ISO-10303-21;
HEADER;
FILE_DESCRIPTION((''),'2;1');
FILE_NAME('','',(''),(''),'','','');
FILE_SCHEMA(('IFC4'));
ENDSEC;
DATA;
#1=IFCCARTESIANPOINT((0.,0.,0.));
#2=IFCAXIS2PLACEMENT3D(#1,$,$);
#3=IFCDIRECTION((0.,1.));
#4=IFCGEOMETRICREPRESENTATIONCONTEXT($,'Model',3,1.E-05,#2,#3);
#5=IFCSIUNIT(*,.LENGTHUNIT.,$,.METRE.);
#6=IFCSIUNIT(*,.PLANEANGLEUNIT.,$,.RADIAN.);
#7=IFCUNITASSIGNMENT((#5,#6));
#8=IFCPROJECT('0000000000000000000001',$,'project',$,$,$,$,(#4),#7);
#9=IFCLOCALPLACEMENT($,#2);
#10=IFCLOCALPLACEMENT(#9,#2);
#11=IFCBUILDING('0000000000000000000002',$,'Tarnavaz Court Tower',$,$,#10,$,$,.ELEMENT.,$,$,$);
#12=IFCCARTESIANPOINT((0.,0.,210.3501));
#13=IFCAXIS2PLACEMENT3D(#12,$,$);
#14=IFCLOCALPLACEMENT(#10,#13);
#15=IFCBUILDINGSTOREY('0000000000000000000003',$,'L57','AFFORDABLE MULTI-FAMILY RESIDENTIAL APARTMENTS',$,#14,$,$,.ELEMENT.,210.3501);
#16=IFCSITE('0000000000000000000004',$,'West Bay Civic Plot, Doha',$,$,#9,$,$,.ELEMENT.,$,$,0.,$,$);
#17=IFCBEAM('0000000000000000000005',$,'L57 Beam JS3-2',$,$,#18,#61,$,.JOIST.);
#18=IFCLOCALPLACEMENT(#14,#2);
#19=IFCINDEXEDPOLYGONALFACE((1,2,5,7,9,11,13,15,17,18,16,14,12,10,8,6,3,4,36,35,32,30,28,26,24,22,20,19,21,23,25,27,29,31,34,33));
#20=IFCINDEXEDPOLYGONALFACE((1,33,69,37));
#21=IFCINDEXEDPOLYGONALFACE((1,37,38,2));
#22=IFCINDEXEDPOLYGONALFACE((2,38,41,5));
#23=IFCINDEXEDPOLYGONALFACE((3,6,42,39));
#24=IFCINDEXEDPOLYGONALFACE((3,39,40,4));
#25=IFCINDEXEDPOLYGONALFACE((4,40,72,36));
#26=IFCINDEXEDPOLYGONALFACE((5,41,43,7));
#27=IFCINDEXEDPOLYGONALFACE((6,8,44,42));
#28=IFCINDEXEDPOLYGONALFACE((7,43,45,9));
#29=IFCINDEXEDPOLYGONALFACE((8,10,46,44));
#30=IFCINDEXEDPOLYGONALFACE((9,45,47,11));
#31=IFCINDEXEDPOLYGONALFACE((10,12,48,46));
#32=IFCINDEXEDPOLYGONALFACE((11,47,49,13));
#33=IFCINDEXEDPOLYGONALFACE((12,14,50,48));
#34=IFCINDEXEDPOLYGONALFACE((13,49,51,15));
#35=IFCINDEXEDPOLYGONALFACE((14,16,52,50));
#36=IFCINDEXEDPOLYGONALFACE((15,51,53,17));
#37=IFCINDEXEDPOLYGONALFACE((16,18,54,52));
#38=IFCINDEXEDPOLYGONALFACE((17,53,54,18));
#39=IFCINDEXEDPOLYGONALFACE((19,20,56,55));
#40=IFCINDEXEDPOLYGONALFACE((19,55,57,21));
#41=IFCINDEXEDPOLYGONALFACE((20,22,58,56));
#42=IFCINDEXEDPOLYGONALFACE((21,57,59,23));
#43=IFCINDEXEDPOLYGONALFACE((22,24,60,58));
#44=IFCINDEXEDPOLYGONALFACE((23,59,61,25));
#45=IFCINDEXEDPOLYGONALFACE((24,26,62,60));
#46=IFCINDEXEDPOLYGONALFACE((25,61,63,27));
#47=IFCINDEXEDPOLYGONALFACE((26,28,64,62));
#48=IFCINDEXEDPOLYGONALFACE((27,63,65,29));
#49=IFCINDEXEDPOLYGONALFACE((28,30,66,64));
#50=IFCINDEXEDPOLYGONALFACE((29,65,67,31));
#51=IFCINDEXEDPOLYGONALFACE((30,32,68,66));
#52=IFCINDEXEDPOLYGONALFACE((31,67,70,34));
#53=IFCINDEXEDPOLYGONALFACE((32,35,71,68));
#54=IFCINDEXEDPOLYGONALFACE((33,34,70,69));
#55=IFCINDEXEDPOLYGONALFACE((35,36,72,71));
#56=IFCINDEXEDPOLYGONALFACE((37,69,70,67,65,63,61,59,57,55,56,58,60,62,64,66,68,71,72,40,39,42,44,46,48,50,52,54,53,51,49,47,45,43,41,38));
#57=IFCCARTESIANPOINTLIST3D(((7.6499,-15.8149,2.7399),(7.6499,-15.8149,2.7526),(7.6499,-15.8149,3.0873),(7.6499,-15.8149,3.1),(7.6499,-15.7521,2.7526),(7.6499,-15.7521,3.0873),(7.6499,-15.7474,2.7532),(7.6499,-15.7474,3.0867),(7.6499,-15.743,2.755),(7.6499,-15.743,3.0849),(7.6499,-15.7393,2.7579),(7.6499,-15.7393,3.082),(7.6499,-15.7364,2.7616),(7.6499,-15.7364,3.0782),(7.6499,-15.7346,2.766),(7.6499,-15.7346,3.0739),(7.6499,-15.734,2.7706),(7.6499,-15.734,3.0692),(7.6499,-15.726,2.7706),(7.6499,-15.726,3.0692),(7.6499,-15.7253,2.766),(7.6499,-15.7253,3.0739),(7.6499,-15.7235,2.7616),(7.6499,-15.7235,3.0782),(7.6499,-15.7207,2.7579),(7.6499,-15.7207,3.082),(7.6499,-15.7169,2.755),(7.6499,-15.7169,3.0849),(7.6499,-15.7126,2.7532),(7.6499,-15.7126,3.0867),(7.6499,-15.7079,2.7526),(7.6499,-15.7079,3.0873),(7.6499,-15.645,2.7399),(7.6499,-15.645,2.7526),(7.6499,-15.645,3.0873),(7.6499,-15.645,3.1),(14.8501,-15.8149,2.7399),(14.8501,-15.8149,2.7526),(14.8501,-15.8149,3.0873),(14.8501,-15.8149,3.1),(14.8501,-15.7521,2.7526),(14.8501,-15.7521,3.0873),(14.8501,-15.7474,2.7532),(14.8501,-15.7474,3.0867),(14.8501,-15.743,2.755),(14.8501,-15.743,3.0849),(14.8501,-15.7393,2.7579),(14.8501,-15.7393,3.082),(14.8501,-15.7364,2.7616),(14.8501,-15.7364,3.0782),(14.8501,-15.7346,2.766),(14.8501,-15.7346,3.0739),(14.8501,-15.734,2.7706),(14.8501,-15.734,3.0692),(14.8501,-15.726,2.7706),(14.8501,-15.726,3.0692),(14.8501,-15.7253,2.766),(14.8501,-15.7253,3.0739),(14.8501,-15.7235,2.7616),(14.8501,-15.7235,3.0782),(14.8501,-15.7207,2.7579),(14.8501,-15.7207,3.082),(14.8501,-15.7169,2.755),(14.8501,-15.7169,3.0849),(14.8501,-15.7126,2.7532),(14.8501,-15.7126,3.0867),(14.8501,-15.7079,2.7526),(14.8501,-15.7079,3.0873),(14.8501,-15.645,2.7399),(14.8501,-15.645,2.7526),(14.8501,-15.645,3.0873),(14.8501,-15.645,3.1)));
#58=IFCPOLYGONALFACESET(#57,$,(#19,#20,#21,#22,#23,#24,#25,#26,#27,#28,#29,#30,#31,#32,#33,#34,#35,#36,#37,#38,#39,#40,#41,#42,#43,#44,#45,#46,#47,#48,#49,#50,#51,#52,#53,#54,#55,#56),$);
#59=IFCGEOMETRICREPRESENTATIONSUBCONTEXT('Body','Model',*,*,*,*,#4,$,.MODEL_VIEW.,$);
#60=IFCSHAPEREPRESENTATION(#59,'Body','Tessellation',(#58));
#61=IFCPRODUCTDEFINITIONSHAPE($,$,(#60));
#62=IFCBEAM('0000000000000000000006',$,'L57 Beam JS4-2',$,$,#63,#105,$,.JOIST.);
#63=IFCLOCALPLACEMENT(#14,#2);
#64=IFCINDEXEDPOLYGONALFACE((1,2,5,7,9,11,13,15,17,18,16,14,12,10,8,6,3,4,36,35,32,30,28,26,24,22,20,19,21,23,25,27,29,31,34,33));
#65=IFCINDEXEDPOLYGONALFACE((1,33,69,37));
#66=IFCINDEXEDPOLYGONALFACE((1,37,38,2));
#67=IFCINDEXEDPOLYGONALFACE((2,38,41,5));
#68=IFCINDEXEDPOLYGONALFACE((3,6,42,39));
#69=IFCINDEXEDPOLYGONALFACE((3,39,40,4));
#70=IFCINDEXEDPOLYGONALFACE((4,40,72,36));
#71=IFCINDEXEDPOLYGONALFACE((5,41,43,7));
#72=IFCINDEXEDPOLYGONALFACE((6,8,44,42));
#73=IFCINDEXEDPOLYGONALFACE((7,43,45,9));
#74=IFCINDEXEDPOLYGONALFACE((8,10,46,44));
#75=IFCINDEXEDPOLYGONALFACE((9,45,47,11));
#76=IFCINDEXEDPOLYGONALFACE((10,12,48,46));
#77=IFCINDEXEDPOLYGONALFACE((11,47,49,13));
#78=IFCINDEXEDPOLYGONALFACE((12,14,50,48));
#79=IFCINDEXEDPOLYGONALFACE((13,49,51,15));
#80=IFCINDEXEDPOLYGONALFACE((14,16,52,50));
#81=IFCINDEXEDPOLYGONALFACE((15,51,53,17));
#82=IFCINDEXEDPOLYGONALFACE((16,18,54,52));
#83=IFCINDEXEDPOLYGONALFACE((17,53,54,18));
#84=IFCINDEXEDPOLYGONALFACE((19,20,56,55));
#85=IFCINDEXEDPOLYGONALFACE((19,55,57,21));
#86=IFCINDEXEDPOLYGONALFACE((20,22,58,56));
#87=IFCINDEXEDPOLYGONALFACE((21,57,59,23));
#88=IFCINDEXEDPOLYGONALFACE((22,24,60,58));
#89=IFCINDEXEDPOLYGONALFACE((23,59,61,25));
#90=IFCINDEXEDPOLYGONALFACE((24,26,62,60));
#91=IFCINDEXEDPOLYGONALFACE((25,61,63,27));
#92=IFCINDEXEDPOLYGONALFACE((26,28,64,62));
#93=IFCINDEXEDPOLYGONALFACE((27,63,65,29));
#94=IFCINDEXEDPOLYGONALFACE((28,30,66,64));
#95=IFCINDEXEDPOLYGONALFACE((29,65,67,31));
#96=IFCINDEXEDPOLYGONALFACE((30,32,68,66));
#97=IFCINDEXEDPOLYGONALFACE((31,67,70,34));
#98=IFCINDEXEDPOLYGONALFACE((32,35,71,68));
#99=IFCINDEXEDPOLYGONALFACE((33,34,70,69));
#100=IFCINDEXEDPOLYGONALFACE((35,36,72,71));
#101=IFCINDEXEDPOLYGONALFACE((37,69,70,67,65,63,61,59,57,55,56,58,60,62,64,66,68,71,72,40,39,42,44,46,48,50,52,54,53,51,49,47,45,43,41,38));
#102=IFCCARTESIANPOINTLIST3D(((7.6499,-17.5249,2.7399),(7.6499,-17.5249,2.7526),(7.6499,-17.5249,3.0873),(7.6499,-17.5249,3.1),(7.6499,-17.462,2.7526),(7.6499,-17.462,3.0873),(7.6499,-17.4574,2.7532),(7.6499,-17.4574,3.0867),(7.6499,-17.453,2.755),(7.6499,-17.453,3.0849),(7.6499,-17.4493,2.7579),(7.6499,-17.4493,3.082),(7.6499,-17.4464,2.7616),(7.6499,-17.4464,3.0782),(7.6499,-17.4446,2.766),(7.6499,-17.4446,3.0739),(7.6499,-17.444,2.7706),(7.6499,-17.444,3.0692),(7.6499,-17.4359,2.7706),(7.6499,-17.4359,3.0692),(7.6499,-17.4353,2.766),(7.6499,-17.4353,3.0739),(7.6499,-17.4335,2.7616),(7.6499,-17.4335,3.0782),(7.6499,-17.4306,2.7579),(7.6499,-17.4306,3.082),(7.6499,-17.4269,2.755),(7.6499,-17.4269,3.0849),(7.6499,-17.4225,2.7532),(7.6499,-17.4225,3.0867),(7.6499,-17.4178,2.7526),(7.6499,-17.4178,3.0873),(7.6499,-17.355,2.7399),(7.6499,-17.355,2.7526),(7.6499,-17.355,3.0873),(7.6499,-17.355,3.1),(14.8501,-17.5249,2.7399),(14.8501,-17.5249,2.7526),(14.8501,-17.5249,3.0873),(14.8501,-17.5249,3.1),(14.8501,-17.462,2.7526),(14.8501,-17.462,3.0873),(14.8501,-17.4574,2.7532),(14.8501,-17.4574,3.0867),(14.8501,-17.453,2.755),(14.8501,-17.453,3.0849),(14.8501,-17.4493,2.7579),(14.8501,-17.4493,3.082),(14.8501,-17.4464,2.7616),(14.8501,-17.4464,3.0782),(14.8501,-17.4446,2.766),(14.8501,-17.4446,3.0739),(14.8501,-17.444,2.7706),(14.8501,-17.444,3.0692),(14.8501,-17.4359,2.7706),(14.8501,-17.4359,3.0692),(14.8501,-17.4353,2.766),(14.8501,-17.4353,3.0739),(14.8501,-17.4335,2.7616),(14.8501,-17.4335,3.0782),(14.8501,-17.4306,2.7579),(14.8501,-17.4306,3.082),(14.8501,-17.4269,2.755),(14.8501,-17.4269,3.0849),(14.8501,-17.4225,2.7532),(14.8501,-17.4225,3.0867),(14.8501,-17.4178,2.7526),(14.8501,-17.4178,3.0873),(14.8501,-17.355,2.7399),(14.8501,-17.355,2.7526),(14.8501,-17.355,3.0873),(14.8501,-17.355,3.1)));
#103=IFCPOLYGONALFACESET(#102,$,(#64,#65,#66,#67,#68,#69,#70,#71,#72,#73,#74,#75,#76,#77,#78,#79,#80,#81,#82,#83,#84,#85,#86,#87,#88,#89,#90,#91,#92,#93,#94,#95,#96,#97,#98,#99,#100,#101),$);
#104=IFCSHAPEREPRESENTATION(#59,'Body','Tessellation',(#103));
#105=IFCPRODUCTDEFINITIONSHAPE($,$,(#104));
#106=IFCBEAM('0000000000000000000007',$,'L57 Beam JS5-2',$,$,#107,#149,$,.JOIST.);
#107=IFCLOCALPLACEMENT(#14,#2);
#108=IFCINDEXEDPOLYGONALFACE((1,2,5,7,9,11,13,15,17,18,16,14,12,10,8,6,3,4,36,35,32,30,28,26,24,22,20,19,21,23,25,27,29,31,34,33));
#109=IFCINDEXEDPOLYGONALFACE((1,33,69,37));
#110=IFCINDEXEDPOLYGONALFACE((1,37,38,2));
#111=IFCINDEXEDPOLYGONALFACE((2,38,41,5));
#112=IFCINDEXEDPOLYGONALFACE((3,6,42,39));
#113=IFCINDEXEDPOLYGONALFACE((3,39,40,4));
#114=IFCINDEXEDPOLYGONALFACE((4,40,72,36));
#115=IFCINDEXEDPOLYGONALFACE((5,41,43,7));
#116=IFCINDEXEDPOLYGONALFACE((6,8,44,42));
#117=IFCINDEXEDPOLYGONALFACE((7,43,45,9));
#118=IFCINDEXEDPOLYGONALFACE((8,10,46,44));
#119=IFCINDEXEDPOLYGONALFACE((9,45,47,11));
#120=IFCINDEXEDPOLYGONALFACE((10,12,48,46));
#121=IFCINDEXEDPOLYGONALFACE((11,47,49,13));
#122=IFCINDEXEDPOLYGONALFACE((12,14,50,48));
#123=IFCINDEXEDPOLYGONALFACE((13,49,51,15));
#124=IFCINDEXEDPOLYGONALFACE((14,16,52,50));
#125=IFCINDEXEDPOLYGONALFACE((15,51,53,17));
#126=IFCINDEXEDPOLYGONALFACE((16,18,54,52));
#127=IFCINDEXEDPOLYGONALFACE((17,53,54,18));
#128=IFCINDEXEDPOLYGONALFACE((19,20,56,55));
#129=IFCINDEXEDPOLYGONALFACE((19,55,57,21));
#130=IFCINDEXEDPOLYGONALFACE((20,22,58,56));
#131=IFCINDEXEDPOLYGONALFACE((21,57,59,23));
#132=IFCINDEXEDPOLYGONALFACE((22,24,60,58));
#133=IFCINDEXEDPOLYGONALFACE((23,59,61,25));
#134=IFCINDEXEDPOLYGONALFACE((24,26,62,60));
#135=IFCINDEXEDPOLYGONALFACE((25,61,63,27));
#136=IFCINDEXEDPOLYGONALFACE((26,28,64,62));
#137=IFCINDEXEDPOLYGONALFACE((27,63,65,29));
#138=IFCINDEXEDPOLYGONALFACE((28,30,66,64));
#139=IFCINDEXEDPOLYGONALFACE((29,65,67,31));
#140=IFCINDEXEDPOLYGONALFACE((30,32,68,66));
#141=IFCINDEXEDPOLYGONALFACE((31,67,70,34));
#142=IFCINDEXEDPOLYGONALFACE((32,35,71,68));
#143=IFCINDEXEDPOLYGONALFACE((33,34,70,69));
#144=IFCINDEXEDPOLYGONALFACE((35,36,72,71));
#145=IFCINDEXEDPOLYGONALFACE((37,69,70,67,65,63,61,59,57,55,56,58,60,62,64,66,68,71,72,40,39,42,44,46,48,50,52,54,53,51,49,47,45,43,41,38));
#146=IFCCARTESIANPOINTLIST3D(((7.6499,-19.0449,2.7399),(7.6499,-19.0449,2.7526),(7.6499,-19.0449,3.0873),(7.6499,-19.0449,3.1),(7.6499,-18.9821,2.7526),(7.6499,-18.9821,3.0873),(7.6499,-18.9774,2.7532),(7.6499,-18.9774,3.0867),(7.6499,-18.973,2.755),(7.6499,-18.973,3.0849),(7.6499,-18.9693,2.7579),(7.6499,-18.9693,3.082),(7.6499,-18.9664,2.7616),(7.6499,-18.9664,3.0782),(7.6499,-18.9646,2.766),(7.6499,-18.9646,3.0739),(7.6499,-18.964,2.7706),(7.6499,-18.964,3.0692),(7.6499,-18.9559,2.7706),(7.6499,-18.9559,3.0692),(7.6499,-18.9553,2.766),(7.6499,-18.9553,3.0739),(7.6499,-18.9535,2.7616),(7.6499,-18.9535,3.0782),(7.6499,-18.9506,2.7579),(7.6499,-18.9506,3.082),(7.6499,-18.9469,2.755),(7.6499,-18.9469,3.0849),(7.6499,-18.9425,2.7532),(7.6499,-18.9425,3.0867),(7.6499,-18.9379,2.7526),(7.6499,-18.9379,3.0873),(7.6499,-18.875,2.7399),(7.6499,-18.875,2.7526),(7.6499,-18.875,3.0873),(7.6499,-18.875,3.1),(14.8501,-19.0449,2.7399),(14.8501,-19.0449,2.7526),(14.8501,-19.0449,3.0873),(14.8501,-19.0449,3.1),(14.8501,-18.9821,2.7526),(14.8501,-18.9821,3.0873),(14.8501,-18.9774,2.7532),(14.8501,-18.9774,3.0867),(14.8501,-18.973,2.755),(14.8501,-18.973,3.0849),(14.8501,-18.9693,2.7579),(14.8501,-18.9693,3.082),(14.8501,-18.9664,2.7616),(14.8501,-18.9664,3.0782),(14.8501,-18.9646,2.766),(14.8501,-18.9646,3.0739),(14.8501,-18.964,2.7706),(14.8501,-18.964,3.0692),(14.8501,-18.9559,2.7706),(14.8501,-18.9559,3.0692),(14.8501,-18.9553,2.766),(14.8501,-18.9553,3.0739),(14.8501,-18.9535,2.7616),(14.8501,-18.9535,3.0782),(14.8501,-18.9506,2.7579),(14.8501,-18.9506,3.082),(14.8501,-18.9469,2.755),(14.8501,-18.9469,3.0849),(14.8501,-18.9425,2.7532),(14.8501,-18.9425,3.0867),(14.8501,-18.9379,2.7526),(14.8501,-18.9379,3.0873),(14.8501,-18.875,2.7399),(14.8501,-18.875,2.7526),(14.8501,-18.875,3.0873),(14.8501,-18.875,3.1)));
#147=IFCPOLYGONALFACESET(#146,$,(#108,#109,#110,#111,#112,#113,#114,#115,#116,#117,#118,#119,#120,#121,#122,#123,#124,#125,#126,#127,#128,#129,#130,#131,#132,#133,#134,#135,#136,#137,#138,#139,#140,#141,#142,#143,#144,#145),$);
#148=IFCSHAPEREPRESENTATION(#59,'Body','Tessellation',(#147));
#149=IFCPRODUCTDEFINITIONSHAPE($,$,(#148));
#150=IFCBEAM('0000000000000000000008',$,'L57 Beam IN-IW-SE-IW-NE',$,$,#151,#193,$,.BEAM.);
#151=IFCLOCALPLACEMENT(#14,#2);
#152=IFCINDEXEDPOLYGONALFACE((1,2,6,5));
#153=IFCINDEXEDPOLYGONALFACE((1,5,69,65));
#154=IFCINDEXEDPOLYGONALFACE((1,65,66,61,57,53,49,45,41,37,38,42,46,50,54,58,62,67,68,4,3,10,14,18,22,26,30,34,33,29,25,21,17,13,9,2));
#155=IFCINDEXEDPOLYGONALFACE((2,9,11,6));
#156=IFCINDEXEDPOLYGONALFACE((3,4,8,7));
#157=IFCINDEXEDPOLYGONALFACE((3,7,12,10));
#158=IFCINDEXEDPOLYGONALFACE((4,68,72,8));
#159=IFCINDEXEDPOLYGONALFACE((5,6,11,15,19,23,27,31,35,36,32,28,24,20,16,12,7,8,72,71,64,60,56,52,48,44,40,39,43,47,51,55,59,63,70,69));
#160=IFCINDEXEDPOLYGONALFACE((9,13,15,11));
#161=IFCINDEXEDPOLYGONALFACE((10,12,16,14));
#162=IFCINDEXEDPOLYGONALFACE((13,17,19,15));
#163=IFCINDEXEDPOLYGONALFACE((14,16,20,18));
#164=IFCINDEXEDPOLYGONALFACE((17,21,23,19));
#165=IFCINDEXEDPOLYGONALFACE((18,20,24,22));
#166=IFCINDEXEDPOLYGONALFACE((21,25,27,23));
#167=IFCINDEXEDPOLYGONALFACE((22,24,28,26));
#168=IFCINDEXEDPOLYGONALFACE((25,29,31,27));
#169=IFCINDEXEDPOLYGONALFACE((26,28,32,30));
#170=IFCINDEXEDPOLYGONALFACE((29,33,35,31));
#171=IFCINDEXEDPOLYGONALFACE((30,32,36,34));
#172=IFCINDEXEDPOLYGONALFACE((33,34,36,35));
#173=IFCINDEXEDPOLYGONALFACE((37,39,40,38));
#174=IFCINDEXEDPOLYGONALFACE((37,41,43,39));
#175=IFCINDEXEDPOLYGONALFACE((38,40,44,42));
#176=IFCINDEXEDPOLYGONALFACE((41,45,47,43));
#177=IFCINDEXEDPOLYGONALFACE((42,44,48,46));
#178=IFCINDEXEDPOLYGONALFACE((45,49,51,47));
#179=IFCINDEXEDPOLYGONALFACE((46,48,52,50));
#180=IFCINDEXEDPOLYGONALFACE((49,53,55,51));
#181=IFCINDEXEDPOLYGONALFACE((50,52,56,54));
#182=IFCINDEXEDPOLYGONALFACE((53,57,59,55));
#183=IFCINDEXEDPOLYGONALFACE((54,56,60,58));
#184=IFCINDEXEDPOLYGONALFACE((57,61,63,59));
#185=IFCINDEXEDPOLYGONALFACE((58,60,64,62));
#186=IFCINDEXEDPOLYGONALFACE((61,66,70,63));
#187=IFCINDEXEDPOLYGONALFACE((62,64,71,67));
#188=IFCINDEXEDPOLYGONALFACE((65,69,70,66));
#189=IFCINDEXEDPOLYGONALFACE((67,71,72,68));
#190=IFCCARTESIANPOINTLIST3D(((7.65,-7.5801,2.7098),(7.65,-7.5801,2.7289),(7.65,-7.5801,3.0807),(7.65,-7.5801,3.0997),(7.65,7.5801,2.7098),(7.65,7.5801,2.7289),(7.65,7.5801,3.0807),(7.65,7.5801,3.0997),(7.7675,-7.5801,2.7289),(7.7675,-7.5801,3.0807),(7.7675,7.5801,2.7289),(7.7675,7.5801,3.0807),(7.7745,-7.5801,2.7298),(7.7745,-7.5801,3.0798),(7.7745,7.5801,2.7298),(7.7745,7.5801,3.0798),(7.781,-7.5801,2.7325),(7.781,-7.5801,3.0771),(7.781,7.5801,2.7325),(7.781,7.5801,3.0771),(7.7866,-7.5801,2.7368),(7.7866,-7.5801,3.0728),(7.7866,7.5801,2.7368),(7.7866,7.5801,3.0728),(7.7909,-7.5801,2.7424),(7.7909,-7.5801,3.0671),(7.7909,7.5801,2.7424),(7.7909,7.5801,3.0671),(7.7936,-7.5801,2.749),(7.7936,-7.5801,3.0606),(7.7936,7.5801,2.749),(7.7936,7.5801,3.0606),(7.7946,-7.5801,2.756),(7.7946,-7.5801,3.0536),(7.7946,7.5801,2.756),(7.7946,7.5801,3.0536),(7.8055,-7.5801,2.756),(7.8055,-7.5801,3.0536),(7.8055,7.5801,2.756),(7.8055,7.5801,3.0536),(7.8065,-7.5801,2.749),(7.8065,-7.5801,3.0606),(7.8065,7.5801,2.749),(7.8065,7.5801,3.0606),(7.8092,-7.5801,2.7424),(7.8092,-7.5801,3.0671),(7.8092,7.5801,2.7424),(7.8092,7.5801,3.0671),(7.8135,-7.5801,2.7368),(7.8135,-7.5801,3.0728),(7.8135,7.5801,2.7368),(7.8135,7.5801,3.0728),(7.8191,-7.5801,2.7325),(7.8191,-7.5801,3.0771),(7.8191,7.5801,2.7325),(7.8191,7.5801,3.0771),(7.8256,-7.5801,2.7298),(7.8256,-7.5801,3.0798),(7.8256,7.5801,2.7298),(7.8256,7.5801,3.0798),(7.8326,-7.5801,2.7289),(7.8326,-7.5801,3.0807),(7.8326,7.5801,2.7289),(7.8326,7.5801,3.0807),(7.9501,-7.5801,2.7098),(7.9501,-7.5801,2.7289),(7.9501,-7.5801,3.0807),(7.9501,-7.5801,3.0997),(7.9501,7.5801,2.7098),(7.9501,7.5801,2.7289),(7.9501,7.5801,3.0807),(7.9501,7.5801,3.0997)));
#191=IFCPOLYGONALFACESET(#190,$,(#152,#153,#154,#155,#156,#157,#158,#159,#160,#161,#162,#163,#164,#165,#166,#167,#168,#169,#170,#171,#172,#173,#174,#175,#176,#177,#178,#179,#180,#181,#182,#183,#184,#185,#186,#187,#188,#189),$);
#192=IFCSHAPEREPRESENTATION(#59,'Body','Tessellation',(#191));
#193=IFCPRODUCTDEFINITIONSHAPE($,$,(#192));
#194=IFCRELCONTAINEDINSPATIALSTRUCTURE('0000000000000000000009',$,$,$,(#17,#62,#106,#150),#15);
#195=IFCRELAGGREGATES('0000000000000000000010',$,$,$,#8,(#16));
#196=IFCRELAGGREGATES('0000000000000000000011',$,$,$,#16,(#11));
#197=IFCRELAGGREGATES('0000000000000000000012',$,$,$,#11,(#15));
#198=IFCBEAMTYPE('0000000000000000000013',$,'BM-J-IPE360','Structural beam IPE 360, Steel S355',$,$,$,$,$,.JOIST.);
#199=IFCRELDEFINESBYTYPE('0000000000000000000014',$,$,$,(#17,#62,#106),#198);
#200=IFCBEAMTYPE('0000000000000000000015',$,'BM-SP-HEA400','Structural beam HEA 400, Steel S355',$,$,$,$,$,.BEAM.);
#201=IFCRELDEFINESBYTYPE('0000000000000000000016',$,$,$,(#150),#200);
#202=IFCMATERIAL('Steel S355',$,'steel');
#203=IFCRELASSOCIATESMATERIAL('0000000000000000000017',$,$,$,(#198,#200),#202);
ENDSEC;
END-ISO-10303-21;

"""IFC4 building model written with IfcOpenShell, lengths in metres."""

from ifc_helpers import new_model, si_unit, direction, frame, origin, origin_2d, place, context, subcontext, project, spatial, i_section, extrude, material, material_profile, profile_set, type_object, element, save


model = new_model("IFC4")

# Units and contexts
model_context = context("Model", 3, precision=1e-05, world=origin(), true_north=direction((0.0, 1.0)))
body_context = subcontext(model_context, "Body", "Model", "MODEL_VIEW")
ifc_project = project(units=[si_unit("LENGTHUNIT", "METRE"), si_unit("PLANEANGLEUNIT", "RADIAN")], contexts=[model_context])

# Site, building, storey
site_placement = place(None, origin())
site = spatial("IfcSite", under=ifc_project, at=site_placement, Name="West Bay Civic Plot, Doha", CompositionType="ELEMENT", RefElevation=0.0)
building_placement = place(site_placement, origin())
building = spatial("IfcBuilding", under=site, at=building_placement, Name="Tarnavaz Court Tower", CompositionType="ELEMENT")
storey_placement = place(building_placement, frame((0.0, 0.0, 210.3501)))
storey = spatial("IfcBuildingStorey", under=building, at=storey_placement, Name="L57", Description="AFFORDABLE MULTI-FAMILY RESIDENTIAL APARTMENTS", CompositionType="ELEMENT", Elevation=210.3501)

# Beams
ifc_material_1 = material(Name="Steel S355", Category="steel")
ifc_material_profile_1 = material_profile(ifc_material_1, i_section(OverallWidth=0.1699, OverallDepth=0.3601, WebThickness=0.0081, FlangeThickness=0.0127, FilletRadius=0.0181, at=origin_2d()), Name="IPE 360")
ifc_profile_set_1 = profile_set([ifc_material_profile_1], Name="Steel S355")
beam_type_1 = type_object("IfcBeamType", Name="BM-J-IPE360", Description="Structural beam IPE 360, Steel S355", PredefinedType="JOIST", material=ifc_profile_set_1)
for number, where, z_axis, x_axis, name in (
    (1, (7.6499, -15.73, 2.9199), (1.0, 0.0, 0.0), (0.0, 1.0, 0.0), "L57 Beam JS3-2"),
    (2, (7.6499, -17.4399, 2.9199), (1.0, 0.0, 0.0), (0.0, 1.0, 0.0), "L57 Beam JS4-2"),
    (3, (7.6499, -18.96, 2.9199), (1.0, 0.0, 0.0), (0.0, 1.0, 0.0), "L57 Beam JS5-2"),
):
    element("IfcBeam", number, at=place(storey_placement, frame(where, z_axis=z_axis, x_axis=x_axis)), inside=storey, type_object=beam_type_1, Name=name, PredefinedType="JOIST", context=body_context, shape_type="SweptSolid", body=[
        extrude(i_section(OverallWidth=0.1699, OverallDepth=0.3601, WebThickness=0.0081, FlangeThickness=0.0127, FilletRadius=0.0181, at=origin_2d()), origin(), (0.0, 0.0, 1.0), 7.2002),
    ])
ifc_material_profile_2 = material_profile(ifc_material_1, i_section(OverallWidth=0.3, OverallDepth=0.3899, WebThickness=0.011, FlangeThickness=0.019, FilletRadius=0.0271, at=origin_2d()), Name="HEA 400")
ifc_profile_set_2 = profile_set([ifc_material_profile_2], Name="Steel S355")
beam_type_2 = type_object("IfcBeamType", Name="BM-SP-HEA400", Description="Structural beam HEA 400, Steel S355", PredefinedType="BEAM", material=ifc_profile_set_2)
beam_1_placement = place(storey_placement, frame((7.8, -7.5801, 2.9048), z_axis=(0.0, 1.0, 0.0), x_axis=(-1.0, 0.0, 0.0)))
element("IfcBeam", 4, at=beam_1_placement, inside=storey, type_object=beam_type_2, Name="L57 Beam IN-IW-SE-IW-NE", PredefinedType="BEAM", context=body_context, shape_type="SweptSolid", body=[
    extrude(i_section(OverallWidth=0.3, OverallDepth=0.3899, WebThickness=0.011, FlangeThickness=0.019, FilletRadius=0.0271, at=origin_2d()), origin(), (0.0, 0.0, 1.0), 15.1602),
])

save(model, "model.ifc")
